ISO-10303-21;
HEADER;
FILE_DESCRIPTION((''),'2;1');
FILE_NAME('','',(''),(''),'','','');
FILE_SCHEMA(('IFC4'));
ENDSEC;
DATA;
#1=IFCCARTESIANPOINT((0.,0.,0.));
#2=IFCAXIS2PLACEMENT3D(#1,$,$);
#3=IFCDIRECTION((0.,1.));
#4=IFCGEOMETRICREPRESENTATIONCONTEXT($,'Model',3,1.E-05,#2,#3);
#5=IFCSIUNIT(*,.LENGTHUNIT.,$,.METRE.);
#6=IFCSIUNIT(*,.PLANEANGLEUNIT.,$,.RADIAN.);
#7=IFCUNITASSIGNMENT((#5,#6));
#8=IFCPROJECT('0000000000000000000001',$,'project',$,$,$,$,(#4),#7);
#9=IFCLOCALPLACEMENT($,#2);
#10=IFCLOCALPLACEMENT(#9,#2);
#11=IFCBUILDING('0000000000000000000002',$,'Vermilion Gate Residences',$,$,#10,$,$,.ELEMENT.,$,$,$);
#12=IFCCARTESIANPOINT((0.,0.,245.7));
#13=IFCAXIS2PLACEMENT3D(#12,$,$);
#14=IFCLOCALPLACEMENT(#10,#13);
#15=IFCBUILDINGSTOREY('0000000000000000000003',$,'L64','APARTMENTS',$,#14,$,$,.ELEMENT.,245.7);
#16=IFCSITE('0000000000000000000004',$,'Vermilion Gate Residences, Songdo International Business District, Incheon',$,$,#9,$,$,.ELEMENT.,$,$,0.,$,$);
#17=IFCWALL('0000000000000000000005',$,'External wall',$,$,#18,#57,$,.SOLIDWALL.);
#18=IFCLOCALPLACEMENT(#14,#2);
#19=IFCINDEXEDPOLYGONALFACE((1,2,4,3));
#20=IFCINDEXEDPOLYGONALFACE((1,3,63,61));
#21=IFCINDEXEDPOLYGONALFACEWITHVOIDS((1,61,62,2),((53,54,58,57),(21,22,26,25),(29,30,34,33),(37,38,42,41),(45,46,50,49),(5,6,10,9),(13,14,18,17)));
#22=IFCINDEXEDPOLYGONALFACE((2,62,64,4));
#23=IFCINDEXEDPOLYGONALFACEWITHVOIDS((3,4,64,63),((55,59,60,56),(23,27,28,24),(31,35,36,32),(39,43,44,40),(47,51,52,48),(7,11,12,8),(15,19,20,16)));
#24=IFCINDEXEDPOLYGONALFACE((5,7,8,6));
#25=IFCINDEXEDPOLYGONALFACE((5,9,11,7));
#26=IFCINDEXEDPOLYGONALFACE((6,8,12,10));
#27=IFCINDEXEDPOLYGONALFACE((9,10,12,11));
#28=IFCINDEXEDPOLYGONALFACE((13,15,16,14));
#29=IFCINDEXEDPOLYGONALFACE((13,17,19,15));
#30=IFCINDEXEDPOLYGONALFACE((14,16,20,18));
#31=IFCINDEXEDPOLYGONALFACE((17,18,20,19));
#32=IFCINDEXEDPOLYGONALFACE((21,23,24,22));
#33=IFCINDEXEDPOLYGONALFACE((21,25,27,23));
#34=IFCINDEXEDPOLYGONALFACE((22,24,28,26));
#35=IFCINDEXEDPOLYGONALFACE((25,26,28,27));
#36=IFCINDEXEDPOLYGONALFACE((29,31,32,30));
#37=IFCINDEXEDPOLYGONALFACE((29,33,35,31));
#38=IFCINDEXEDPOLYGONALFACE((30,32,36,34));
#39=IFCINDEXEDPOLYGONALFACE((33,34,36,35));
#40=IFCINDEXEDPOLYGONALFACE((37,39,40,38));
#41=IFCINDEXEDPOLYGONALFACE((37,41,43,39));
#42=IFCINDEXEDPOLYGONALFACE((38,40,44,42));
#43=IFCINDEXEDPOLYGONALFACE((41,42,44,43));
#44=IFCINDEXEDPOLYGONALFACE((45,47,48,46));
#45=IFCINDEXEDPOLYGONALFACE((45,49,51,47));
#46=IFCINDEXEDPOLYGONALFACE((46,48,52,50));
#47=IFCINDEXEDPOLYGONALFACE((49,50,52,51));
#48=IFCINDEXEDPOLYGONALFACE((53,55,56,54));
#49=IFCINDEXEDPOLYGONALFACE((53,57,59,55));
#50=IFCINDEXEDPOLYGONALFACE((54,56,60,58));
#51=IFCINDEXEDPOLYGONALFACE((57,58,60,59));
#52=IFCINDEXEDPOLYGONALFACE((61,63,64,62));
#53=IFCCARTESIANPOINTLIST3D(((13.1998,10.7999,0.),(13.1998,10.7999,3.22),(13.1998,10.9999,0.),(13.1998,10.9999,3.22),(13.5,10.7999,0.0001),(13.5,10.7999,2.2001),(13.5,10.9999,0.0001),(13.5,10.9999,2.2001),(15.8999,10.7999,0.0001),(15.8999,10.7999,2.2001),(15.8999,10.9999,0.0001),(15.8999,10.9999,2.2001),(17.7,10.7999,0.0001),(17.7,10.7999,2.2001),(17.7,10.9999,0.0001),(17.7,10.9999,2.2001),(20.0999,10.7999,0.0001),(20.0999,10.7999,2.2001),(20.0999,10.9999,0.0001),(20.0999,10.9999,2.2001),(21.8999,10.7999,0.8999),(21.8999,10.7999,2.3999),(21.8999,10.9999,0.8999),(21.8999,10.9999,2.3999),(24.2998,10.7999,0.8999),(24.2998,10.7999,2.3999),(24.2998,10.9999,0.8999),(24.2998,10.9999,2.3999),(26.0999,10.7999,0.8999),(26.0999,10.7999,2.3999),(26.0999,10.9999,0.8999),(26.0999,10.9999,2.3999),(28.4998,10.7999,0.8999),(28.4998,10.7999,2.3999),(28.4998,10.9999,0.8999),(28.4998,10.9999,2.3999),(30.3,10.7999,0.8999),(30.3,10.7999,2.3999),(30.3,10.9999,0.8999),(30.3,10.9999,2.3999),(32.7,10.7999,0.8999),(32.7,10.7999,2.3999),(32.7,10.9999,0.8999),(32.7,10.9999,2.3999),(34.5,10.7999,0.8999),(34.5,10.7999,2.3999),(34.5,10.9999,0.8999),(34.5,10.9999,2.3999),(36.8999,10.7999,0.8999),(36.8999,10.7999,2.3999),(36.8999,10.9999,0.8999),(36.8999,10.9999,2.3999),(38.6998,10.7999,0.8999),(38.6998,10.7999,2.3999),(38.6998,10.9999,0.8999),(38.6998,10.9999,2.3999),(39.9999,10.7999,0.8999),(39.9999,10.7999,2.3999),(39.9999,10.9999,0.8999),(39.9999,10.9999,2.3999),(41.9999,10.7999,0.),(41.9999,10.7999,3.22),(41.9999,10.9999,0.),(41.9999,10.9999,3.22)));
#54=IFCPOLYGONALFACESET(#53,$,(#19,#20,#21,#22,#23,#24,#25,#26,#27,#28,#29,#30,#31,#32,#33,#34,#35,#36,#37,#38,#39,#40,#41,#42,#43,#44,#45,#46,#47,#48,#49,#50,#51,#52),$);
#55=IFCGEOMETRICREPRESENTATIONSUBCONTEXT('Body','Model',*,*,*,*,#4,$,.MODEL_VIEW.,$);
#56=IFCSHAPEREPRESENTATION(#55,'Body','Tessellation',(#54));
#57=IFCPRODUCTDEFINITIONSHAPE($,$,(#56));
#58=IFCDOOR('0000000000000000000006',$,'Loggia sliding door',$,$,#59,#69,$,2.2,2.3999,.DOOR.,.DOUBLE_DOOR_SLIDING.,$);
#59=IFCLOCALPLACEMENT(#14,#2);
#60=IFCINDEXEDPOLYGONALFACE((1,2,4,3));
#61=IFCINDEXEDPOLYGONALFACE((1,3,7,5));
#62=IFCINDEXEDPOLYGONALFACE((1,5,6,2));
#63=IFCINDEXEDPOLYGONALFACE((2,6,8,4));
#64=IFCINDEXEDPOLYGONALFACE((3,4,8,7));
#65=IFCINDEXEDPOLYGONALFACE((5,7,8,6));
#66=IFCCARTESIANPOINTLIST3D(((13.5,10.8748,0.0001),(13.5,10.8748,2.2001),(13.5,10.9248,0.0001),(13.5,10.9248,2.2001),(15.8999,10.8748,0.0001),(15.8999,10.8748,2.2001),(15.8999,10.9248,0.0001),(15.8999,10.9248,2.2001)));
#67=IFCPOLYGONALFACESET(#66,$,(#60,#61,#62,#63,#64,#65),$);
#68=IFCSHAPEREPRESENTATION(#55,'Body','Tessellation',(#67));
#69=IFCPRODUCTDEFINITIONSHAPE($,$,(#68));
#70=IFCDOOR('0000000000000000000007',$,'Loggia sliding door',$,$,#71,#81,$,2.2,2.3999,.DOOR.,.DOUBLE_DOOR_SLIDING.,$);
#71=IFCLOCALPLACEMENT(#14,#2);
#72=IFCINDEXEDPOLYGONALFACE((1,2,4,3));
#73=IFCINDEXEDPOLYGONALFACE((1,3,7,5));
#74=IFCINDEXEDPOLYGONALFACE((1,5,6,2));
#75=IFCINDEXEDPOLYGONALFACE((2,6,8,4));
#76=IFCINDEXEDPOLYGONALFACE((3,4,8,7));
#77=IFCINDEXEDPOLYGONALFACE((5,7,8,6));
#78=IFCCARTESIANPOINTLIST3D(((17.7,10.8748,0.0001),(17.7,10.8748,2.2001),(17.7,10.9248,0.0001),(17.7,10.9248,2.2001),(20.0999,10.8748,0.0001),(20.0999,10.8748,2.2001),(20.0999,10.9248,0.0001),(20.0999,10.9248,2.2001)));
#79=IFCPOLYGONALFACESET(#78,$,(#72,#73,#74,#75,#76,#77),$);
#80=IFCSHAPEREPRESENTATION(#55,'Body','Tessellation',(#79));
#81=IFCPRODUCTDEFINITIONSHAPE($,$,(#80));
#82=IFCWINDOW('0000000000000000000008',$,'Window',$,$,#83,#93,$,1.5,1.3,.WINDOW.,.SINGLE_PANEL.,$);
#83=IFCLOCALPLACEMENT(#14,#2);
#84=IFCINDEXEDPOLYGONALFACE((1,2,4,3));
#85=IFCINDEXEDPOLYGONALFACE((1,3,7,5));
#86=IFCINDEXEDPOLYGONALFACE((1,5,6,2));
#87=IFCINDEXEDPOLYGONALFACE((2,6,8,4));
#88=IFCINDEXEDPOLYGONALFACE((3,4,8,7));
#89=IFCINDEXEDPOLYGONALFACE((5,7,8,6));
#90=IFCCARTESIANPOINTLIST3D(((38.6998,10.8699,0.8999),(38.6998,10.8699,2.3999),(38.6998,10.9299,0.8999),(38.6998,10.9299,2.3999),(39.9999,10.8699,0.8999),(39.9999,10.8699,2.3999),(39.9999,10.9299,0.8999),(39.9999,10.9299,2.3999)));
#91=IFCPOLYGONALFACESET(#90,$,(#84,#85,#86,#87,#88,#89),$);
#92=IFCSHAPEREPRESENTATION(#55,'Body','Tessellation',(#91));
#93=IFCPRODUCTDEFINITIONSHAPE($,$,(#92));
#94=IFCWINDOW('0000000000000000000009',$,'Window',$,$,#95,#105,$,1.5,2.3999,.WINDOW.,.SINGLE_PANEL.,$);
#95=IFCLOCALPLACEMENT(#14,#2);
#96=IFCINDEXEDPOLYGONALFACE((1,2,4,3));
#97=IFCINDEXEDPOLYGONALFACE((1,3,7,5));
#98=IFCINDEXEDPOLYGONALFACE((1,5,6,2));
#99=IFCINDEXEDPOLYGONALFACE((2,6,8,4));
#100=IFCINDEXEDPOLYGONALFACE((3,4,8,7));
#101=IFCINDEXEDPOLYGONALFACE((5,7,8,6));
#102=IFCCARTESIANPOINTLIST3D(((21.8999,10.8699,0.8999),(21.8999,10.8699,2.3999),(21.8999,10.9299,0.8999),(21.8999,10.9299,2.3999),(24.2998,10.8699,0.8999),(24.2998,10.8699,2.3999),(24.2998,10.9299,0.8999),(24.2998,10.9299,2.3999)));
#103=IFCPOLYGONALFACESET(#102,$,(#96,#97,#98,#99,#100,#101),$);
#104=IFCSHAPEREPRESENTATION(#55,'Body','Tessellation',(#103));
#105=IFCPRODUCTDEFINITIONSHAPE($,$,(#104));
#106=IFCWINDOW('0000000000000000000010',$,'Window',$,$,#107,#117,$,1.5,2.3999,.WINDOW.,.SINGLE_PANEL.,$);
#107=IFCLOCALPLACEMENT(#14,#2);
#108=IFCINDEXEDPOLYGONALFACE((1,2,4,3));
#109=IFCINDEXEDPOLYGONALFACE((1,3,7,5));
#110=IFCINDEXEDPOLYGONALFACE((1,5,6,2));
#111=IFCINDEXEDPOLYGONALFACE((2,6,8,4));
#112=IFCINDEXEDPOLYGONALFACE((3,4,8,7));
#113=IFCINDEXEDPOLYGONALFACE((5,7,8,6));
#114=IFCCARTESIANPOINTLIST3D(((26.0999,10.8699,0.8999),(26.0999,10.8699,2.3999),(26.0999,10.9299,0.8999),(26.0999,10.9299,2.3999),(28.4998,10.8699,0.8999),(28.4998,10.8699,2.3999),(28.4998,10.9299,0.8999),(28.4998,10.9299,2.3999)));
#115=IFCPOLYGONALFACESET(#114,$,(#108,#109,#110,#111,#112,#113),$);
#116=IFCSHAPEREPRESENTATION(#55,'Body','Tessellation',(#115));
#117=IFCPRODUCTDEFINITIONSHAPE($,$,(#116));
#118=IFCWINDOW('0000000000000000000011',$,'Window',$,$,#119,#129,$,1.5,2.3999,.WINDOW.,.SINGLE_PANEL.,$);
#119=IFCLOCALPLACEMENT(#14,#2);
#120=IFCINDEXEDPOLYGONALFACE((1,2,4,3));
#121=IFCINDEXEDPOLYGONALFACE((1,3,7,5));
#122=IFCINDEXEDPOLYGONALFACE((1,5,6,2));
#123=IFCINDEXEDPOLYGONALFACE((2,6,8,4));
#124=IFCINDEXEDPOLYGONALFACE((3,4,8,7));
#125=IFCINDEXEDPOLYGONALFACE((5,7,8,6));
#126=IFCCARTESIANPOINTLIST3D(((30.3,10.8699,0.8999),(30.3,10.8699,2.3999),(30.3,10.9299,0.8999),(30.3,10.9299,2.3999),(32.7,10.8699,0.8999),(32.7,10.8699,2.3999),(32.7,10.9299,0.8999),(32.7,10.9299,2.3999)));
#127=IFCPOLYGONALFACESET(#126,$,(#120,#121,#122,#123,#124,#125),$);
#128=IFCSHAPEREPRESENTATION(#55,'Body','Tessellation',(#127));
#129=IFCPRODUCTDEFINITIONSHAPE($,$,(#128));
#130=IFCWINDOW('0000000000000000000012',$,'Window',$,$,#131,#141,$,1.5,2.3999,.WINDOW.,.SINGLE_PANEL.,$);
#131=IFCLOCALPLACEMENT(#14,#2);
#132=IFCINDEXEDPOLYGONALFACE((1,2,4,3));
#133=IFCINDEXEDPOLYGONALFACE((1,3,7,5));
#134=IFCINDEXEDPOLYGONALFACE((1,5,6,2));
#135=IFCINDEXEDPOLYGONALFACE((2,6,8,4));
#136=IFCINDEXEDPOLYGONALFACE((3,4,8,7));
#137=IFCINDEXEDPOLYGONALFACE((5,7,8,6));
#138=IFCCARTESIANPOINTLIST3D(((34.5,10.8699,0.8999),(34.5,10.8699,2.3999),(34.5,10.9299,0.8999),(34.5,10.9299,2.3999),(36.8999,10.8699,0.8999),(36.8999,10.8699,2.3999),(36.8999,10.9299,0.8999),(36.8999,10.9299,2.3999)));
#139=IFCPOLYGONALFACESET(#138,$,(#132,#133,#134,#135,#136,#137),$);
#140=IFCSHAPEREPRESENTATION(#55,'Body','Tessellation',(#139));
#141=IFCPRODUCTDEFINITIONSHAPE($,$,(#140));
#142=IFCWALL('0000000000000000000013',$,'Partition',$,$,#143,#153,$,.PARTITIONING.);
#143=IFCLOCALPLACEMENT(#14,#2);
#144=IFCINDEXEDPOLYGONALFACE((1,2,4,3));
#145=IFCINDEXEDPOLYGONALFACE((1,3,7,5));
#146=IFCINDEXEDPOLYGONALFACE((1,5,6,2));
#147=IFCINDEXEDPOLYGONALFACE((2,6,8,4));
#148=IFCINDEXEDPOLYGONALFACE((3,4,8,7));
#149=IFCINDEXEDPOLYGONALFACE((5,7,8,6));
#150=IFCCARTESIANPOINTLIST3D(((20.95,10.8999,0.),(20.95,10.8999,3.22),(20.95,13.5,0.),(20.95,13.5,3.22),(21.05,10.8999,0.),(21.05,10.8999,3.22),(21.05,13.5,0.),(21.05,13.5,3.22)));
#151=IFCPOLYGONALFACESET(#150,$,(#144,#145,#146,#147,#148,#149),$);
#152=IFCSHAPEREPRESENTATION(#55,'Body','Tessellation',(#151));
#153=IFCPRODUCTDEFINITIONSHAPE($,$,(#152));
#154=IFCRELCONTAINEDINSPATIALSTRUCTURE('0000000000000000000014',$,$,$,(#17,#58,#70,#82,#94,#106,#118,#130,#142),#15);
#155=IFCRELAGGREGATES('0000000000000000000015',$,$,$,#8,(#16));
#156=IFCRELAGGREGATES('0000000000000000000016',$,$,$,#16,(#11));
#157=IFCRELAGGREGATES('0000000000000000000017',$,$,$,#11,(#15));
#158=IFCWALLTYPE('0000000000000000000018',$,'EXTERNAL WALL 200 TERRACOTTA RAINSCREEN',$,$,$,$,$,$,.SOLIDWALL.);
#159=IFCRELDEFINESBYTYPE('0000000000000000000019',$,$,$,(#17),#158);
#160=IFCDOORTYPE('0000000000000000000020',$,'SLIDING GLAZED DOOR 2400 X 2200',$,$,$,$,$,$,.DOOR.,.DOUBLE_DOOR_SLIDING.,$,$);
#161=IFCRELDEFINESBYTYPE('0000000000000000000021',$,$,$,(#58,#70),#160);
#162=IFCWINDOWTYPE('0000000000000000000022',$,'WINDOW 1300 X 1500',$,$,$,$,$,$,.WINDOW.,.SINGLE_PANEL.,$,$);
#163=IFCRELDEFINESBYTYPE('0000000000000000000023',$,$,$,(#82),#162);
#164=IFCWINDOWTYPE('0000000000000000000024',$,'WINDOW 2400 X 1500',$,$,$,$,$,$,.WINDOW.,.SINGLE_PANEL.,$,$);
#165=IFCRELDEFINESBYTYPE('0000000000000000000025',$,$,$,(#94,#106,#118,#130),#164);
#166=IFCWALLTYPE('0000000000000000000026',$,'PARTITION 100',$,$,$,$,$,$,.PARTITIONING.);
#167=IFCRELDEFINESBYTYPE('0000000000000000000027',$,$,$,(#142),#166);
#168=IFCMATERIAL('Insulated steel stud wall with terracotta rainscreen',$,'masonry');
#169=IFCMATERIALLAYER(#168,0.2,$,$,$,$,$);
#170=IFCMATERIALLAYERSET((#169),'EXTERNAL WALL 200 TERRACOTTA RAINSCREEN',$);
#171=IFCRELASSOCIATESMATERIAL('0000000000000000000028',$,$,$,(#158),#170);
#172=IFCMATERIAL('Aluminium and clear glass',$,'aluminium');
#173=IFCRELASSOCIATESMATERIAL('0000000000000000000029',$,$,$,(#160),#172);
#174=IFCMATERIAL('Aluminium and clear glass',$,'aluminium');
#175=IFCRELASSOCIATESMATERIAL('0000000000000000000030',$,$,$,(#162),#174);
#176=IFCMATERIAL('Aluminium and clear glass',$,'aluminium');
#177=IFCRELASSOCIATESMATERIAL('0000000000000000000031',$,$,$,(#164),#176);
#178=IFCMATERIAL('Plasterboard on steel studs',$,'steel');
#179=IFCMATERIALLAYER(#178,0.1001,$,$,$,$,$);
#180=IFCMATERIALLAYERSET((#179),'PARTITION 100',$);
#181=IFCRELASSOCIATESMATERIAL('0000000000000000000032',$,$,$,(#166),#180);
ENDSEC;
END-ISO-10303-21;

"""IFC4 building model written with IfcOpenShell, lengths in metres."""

from ifc_helpers import new_model, si_unit, direction, frame, frame_2d, origin, place, context, subcontext, project, spatial, rectangle, extrude, material, layer, layer_set, type_object, element, fill, save


model = new_model("IFC4")

# Units and contexts
model_context = context("Model", 3, precision=1e-05, world=origin(), true_north=direction((0.0, 1.0)))
body_context = subcontext(model_context, "Body", "Model", "MODEL_VIEW")
ifc_project = project(units=[si_unit("LENGTHUNIT", "METRE"), si_unit("PLANEANGLEUNIT", "RADIAN")], contexts=[model_context])

# Site, building, storey
site_placement = place(None, origin())
site = spatial("IfcSite", under=ifc_project, at=site_placement, Name="Vermilion Gate Residences, Songdo International Business District, Incheon", CompositionType="ELEMENT", RefElevation=0.0)
building_placement = place(site_placement, origin())
building = spatial("IfcBuilding", under=site, at=building_placement, Name="Vermilion Gate Residences", CompositionType="ELEMENT")
storey_placement = place(building_placement, frame((0.0, 0.0, 245.7)))
storey = spatial("IfcBuildingStorey", under=building, at=storey_placement, Name="L64", Description="APARTMENTS", CompositionType="ELEMENT", Elevation=245.7)

# Shared definitions
ifc_material_1 = material(Name="Insulated steel stud wall with terracotta rainscreen", Category="masonry")
ifc_layer_1 = layer(ifc_material_1, 0.2)
ifc_layer_set_1 = layer_set([ifc_layer_1], Name="EXTERNAL WALL 200 TERRACOTTA RAINSCREEN")
wall_type_1 = type_object("IfcWallType", Name="EXTERNAL WALL 200 TERRACOTTA RAINSCREEN", PredefinedType="SOLIDWALL", material=ifc_layer_set_1)

# Wall, openings, doors, windows
wall_1_placement = place(storey_placement, frame((13.2, 10.8999, 0.0), z_axis=(0.0, 0.0, 1.0), x_axis=(1.0, 0.0, 0.0)))
wall_1 = element("IfcWall", 1, at=wall_1_placement, inside=storey, type_object=wall_type_1, Name="External wall", PredefinedType="SOLIDWALL", context=body_context, shape_type="SweptSolid", body=[
    extrude(rectangle(XDim=28.8, YDim=0.2, at=frame_2d((14.3999, 0.0))), origin(), (0.0, 0.0, 1.0), 3.22),
])
opening_1_placement = place(wall_1_placement, frame((0.3, 0.0, 0.0)))
opening_1 = element("IfcOpeningElement", 2, at=opening_1_placement, cuts=wall_1, PredefinedType="OPENING", context=body_context, shape_type="SweptSolid", body=[
    extrude(rectangle(XDim=2.3999, YDim=2.2, at=frame_2d((1.2, 1.1001))), frame((0.0, 0.1099, 0.0), z_axis=(0.0, -1.0, 0.0), x_axis=(1.0, 0.0, 0.0)), (0.0, 0.0, 1.0), 0.22),
])
opening_2_placement = place(wall_1_placement, frame((4.5, 0.0, 0.0)))
opening_2 = element("IfcOpeningElement", 3, at=opening_2_placement, cuts=wall_1, PredefinedType="OPENING", context=body_context, shape_type="SweptSolid", body=[
    extrude(rectangle(XDim=2.3999, YDim=2.2, at=frame_2d((1.2, 1.1001))), frame((0.0, 0.1099, 0.0), z_axis=(0.0, -1.0, 0.0), x_axis=(1.0, 0.0, 0.0)), (0.0, 0.0, 1.0), 0.22),
])
opening_3_placement = place(wall_1_placement, frame((8.7, 0.0, 0.8999)))
opening_3 = element("IfcOpeningElement", 4, at=opening_3_placement, cuts=wall_1, PredefinedType="OPENING", context=body_context, shape_type="SweptSolid", body=[
    extrude(rectangle(XDim=2.3999, YDim=1.5, at=frame_2d((1.2, 0.75))), frame((0.0, 0.1099, 0.0), z_axis=(0.0, -1.0, 0.0), x_axis=(1.0, 0.0, 0.0)), (0.0, 0.0, 1.0), 0.22),
])
opening_4_placement = place(wall_1_placement, frame((12.8999, 0.0, 0.8999)))
opening_4 = element("IfcOpeningElement", 5, at=opening_4_placement, cuts=wall_1, PredefinedType="OPENING", context=body_context, shape_type="SweptSolid", body=[
    extrude(rectangle(XDim=2.3999, YDim=1.5, at=frame_2d((1.2, 0.75))), frame((0.0, 0.1099, 0.0), z_axis=(0.0, -1.0, 0.0), x_axis=(1.0, 0.0, 0.0)), (0.0, 0.0, 1.0), 0.22),
])
opening_5_placement = place(wall_1_placement, frame((17.1001, 0.0, 0.8999)))
opening_5 = element("IfcOpeningElement", 6, at=opening_5_placement, cuts=wall_1, PredefinedType="OPENING", context=body_context, shape_type="SweptSolid", body=[
    extrude(rectangle(XDim=2.3999, YDim=1.5, at=frame_2d((1.2, 0.75))), frame((0.0, 0.1099, 0.0), z_axis=(0.0, -1.0, 0.0), x_axis=(1.0, 0.0, 0.0)), (0.0, 0.0, 1.0), 0.22),
])
opening_6_placement = place(wall_1_placement, frame((21.3, 0.0, 0.8999)))
opening_6 = element("IfcOpeningElement", 7, at=opening_6_placement, cuts=wall_1, PredefinedType="OPENING", context=body_context, shape_type="SweptSolid", body=[
    extrude(rectangle(XDim=2.3999, YDim=1.5, at=frame_2d((1.2, 0.75))), frame((0.0, 0.1099, 0.0), z_axis=(0.0, -1.0, 0.0), x_axis=(1.0, 0.0, 0.0)), (0.0, 0.0, 1.0), 0.22),
])
opening_7_placement = place(wall_1_placement, frame((25.5, 0.0, 0.8999)))
opening_7 = element("IfcOpeningElement", 8, at=opening_7_placement, cuts=wall_1, PredefinedType="OPENING", context=body_context, shape_type="SweptSolid", body=[
    extrude(rectangle(XDim=1.3, YDim=1.5, at=frame_2d((0.6499, 0.75))), frame((0.0, 0.1099, 0.0), z_axis=(0.0, -1.0, 0.0), x_axis=(1.0, 0.0, 0.0)), (0.0, 0.0, 1.0), 0.22),
])
ifc_material_2 = material(Name="Aluminium and clear glass", Category="aluminium")
door_type = type_object("IfcDoorType", Name="SLIDING GLAZED DOOR 2400 X 2200", OperationType="DOUBLE_DOOR_SLIDING", PredefinedType="DOOR", material=ifc_material_2)
door_1_placement = place(opening_1_placement, origin())
door_1 = element("IfcDoor", 9, at=door_1_placement, inside=storey, type_object=door_type, Name="Loggia sliding door", OperationType="DOUBLE_DOOR_SLIDING", OverallHeight=2.2, OverallWidth=2.3999, PredefinedType="DOOR", context=body_context, shape_type="SweptSolid", body=[
    extrude(rectangle(XDim=2.3999, YDim=2.2, at=frame_2d((1.2, 1.1001))), frame((0.0, 0.0249, 0.0), z_axis=(0.0, -1.0, 0.0), x_axis=(1.0, 0.0, 0.0)), (0.0, 0.0, 1.0), 0.05),
])
fill(opening_1, door_1)
door_2_placement = place(opening_2_placement, origin())
door_2 = element("IfcDoor", 10, at=door_2_placement, inside=storey, type_object=door_type, Name="Loggia sliding door", OperationType="DOUBLE_DOOR_SLIDING", OverallHeight=2.2, OverallWidth=2.3999, PredefinedType="DOOR", context=body_context, shape_type="SweptSolid", body=[
    extrude(rectangle(XDim=2.3999, YDim=2.2, at=frame_2d((1.2, 1.1001))), frame((0.0, 0.0249, 0.0), z_axis=(0.0, -1.0, 0.0), x_axis=(1.0, 0.0, 0.0)), (0.0, 0.0, 1.0), 0.05),
])
fill(opening_2, door_2)
ifc_material_3 = material(Name="Aluminium and clear glass", Category="aluminium")
window_type_1 = type_object("IfcWindowType", Name="WINDOW 1300 X 1500", PartitioningType="SINGLE_PANEL", PredefinedType="WINDOW", material=ifc_material_3)
window_1_placement = place(opening_7_placement, origin())
window_1 = element("IfcWindow", 11, at=window_1_placement, inside=storey, type_object=window_type_1, Name="Window", OverallHeight=1.5, OverallWidth=1.3, PartitioningType="SINGLE_PANEL", PredefinedType="WINDOW", context=body_context, shape_type="SweptSolid", body=[
    extrude(rectangle(XDim=1.3, YDim=1.5, at=frame_2d((0.6499, 0.75))), frame((0.0, 0.03, 0.0), z_axis=(0.0, -1.0, 0.0), x_axis=(1.0, 0.0, 0.0)), (0.0, 0.0, 1.0), 0.0601),
])
fill(opening_7, window_1)
ifc_material_4 = material(Name="Aluminium and clear glass", Category="aluminium")
window_type_2 = type_object("IfcWindowType", Name="WINDOW 2400 X 1500", PartitioningType="SINGLE_PANEL", PredefinedType="WINDOW", material=ifc_material_4)
window_2_placement = place(opening_3_placement, origin())
window_2 = element("IfcWindow", 12, at=window_2_placement, inside=storey, type_object=window_type_2, Name="Window", OverallHeight=1.5, OverallWidth=2.3999, PartitioningType="SINGLE_PANEL", PredefinedType="WINDOW", context=body_context, shape_type="SweptSolid", body=[
    extrude(rectangle(XDim=2.3999, YDim=1.5, at=frame_2d((1.2, 0.75))), frame((0.0, 0.03, 0.0), z_axis=(0.0, -1.0, 0.0), x_axis=(1.0, 0.0, 0.0)), (0.0, 0.0, 1.0), 0.0601),
])
fill(opening_3, window_2)
window_3_placement = place(opening_4_placement, origin())
window_3 = element("IfcWindow", 13, at=window_3_placement, inside=storey, type_object=window_type_2, Name="Window", OverallHeight=1.5, OverallWidth=2.3999, PartitioningType="SINGLE_PANEL", PredefinedType="WINDOW", context=body_context, shape_type="SweptSolid", body=[
    extrude(rectangle(XDim=2.3999, YDim=1.5, at=frame_2d((1.2, 0.75))), frame((0.0, 0.03, 0.0), z_axis=(0.0, -1.0, 0.0), x_axis=(1.0, 0.0, 0.0)), (0.0, 0.0, 1.0), 0.0601),
])
fill(opening_4, window_3)
window_4_placement = place(opening_5_placement, origin())
window_4 = element("IfcWindow", 14, at=window_4_placement, inside=storey, type_object=window_type_2, Name="Window", OverallHeight=1.5, OverallWidth=2.3999, PartitioningType="SINGLE_PANEL", PredefinedType="WINDOW", context=body_context, shape_type="SweptSolid", body=[
    extrude(rectangle(XDim=2.3999, YDim=1.5, at=frame_2d((1.2, 0.75))), frame((0.0, 0.03, 0.0), z_axis=(0.0, -1.0, 0.0), x_axis=(1.0, 0.0, 0.0)), (0.0, 0.0, 1.0), 0.0601),
])
fill(opening_5, window_4)
window_5_placement = place(opening_6_placement, origin())
window_5 = element("IfcWindow", 15, at=window_5_placement, inside=storey, type_object=window_type_2, Name="Window", OverallHeight=1.5, OverallWidth=2.3999, PartitioningType="SINGLE_PANEL", PredefinedType="WINDOW", context=body_context, shape_type="SweptSolid", body=[
    extrude(rectangle(XDim=2.3999, YDim=1.5, at=frame_2d((1.2, 0.75))), frame((0.0, 0.03, 0.0), z_axis=(0.0, -1.0, 0.0), x_axis=(1.0, 0.0, 0.0)), (0.0, 0.0, 1.0), 0.0601),
])
fill(opening_6, window_5)

# Wall
ifc_material_5 = material(Name="Plasterboard on steel studs", Category="steel")
ifc_layer_2 = layer(ifc_material_5, 0.1001)
ifc_layer_set_2 = layer_set([ifc_layer_2], Name="PARTITION 100")
wall_type_2 = type_object("IfcWallType", Name="PARTITION 100", PredefinedType="PARTITIONING", material=ifc_layer_set_2)
wall_2_placement = place(storey_placement, frame((21.0, 10.8999, 0.0), z_axis=(0.0, 0.0, 1.0), x_axis=(0.0, 1.0, 0.0)))
element("IfcWall", 16, at=wall_2_placement, inside=storey, type_object=wall_type_2, Name="Partition", PredefinedType="PARTITIONING", context=body_context, shape_type="SweptSolid", body=[
    extrude(rectangle(XDim=2.6001, YDim=0.1001, at=frame_2d((1.3, 0.0))), origin(), (0.0, 0.0, 1.0), 3.22),
])

save(model, "model.ifc")
